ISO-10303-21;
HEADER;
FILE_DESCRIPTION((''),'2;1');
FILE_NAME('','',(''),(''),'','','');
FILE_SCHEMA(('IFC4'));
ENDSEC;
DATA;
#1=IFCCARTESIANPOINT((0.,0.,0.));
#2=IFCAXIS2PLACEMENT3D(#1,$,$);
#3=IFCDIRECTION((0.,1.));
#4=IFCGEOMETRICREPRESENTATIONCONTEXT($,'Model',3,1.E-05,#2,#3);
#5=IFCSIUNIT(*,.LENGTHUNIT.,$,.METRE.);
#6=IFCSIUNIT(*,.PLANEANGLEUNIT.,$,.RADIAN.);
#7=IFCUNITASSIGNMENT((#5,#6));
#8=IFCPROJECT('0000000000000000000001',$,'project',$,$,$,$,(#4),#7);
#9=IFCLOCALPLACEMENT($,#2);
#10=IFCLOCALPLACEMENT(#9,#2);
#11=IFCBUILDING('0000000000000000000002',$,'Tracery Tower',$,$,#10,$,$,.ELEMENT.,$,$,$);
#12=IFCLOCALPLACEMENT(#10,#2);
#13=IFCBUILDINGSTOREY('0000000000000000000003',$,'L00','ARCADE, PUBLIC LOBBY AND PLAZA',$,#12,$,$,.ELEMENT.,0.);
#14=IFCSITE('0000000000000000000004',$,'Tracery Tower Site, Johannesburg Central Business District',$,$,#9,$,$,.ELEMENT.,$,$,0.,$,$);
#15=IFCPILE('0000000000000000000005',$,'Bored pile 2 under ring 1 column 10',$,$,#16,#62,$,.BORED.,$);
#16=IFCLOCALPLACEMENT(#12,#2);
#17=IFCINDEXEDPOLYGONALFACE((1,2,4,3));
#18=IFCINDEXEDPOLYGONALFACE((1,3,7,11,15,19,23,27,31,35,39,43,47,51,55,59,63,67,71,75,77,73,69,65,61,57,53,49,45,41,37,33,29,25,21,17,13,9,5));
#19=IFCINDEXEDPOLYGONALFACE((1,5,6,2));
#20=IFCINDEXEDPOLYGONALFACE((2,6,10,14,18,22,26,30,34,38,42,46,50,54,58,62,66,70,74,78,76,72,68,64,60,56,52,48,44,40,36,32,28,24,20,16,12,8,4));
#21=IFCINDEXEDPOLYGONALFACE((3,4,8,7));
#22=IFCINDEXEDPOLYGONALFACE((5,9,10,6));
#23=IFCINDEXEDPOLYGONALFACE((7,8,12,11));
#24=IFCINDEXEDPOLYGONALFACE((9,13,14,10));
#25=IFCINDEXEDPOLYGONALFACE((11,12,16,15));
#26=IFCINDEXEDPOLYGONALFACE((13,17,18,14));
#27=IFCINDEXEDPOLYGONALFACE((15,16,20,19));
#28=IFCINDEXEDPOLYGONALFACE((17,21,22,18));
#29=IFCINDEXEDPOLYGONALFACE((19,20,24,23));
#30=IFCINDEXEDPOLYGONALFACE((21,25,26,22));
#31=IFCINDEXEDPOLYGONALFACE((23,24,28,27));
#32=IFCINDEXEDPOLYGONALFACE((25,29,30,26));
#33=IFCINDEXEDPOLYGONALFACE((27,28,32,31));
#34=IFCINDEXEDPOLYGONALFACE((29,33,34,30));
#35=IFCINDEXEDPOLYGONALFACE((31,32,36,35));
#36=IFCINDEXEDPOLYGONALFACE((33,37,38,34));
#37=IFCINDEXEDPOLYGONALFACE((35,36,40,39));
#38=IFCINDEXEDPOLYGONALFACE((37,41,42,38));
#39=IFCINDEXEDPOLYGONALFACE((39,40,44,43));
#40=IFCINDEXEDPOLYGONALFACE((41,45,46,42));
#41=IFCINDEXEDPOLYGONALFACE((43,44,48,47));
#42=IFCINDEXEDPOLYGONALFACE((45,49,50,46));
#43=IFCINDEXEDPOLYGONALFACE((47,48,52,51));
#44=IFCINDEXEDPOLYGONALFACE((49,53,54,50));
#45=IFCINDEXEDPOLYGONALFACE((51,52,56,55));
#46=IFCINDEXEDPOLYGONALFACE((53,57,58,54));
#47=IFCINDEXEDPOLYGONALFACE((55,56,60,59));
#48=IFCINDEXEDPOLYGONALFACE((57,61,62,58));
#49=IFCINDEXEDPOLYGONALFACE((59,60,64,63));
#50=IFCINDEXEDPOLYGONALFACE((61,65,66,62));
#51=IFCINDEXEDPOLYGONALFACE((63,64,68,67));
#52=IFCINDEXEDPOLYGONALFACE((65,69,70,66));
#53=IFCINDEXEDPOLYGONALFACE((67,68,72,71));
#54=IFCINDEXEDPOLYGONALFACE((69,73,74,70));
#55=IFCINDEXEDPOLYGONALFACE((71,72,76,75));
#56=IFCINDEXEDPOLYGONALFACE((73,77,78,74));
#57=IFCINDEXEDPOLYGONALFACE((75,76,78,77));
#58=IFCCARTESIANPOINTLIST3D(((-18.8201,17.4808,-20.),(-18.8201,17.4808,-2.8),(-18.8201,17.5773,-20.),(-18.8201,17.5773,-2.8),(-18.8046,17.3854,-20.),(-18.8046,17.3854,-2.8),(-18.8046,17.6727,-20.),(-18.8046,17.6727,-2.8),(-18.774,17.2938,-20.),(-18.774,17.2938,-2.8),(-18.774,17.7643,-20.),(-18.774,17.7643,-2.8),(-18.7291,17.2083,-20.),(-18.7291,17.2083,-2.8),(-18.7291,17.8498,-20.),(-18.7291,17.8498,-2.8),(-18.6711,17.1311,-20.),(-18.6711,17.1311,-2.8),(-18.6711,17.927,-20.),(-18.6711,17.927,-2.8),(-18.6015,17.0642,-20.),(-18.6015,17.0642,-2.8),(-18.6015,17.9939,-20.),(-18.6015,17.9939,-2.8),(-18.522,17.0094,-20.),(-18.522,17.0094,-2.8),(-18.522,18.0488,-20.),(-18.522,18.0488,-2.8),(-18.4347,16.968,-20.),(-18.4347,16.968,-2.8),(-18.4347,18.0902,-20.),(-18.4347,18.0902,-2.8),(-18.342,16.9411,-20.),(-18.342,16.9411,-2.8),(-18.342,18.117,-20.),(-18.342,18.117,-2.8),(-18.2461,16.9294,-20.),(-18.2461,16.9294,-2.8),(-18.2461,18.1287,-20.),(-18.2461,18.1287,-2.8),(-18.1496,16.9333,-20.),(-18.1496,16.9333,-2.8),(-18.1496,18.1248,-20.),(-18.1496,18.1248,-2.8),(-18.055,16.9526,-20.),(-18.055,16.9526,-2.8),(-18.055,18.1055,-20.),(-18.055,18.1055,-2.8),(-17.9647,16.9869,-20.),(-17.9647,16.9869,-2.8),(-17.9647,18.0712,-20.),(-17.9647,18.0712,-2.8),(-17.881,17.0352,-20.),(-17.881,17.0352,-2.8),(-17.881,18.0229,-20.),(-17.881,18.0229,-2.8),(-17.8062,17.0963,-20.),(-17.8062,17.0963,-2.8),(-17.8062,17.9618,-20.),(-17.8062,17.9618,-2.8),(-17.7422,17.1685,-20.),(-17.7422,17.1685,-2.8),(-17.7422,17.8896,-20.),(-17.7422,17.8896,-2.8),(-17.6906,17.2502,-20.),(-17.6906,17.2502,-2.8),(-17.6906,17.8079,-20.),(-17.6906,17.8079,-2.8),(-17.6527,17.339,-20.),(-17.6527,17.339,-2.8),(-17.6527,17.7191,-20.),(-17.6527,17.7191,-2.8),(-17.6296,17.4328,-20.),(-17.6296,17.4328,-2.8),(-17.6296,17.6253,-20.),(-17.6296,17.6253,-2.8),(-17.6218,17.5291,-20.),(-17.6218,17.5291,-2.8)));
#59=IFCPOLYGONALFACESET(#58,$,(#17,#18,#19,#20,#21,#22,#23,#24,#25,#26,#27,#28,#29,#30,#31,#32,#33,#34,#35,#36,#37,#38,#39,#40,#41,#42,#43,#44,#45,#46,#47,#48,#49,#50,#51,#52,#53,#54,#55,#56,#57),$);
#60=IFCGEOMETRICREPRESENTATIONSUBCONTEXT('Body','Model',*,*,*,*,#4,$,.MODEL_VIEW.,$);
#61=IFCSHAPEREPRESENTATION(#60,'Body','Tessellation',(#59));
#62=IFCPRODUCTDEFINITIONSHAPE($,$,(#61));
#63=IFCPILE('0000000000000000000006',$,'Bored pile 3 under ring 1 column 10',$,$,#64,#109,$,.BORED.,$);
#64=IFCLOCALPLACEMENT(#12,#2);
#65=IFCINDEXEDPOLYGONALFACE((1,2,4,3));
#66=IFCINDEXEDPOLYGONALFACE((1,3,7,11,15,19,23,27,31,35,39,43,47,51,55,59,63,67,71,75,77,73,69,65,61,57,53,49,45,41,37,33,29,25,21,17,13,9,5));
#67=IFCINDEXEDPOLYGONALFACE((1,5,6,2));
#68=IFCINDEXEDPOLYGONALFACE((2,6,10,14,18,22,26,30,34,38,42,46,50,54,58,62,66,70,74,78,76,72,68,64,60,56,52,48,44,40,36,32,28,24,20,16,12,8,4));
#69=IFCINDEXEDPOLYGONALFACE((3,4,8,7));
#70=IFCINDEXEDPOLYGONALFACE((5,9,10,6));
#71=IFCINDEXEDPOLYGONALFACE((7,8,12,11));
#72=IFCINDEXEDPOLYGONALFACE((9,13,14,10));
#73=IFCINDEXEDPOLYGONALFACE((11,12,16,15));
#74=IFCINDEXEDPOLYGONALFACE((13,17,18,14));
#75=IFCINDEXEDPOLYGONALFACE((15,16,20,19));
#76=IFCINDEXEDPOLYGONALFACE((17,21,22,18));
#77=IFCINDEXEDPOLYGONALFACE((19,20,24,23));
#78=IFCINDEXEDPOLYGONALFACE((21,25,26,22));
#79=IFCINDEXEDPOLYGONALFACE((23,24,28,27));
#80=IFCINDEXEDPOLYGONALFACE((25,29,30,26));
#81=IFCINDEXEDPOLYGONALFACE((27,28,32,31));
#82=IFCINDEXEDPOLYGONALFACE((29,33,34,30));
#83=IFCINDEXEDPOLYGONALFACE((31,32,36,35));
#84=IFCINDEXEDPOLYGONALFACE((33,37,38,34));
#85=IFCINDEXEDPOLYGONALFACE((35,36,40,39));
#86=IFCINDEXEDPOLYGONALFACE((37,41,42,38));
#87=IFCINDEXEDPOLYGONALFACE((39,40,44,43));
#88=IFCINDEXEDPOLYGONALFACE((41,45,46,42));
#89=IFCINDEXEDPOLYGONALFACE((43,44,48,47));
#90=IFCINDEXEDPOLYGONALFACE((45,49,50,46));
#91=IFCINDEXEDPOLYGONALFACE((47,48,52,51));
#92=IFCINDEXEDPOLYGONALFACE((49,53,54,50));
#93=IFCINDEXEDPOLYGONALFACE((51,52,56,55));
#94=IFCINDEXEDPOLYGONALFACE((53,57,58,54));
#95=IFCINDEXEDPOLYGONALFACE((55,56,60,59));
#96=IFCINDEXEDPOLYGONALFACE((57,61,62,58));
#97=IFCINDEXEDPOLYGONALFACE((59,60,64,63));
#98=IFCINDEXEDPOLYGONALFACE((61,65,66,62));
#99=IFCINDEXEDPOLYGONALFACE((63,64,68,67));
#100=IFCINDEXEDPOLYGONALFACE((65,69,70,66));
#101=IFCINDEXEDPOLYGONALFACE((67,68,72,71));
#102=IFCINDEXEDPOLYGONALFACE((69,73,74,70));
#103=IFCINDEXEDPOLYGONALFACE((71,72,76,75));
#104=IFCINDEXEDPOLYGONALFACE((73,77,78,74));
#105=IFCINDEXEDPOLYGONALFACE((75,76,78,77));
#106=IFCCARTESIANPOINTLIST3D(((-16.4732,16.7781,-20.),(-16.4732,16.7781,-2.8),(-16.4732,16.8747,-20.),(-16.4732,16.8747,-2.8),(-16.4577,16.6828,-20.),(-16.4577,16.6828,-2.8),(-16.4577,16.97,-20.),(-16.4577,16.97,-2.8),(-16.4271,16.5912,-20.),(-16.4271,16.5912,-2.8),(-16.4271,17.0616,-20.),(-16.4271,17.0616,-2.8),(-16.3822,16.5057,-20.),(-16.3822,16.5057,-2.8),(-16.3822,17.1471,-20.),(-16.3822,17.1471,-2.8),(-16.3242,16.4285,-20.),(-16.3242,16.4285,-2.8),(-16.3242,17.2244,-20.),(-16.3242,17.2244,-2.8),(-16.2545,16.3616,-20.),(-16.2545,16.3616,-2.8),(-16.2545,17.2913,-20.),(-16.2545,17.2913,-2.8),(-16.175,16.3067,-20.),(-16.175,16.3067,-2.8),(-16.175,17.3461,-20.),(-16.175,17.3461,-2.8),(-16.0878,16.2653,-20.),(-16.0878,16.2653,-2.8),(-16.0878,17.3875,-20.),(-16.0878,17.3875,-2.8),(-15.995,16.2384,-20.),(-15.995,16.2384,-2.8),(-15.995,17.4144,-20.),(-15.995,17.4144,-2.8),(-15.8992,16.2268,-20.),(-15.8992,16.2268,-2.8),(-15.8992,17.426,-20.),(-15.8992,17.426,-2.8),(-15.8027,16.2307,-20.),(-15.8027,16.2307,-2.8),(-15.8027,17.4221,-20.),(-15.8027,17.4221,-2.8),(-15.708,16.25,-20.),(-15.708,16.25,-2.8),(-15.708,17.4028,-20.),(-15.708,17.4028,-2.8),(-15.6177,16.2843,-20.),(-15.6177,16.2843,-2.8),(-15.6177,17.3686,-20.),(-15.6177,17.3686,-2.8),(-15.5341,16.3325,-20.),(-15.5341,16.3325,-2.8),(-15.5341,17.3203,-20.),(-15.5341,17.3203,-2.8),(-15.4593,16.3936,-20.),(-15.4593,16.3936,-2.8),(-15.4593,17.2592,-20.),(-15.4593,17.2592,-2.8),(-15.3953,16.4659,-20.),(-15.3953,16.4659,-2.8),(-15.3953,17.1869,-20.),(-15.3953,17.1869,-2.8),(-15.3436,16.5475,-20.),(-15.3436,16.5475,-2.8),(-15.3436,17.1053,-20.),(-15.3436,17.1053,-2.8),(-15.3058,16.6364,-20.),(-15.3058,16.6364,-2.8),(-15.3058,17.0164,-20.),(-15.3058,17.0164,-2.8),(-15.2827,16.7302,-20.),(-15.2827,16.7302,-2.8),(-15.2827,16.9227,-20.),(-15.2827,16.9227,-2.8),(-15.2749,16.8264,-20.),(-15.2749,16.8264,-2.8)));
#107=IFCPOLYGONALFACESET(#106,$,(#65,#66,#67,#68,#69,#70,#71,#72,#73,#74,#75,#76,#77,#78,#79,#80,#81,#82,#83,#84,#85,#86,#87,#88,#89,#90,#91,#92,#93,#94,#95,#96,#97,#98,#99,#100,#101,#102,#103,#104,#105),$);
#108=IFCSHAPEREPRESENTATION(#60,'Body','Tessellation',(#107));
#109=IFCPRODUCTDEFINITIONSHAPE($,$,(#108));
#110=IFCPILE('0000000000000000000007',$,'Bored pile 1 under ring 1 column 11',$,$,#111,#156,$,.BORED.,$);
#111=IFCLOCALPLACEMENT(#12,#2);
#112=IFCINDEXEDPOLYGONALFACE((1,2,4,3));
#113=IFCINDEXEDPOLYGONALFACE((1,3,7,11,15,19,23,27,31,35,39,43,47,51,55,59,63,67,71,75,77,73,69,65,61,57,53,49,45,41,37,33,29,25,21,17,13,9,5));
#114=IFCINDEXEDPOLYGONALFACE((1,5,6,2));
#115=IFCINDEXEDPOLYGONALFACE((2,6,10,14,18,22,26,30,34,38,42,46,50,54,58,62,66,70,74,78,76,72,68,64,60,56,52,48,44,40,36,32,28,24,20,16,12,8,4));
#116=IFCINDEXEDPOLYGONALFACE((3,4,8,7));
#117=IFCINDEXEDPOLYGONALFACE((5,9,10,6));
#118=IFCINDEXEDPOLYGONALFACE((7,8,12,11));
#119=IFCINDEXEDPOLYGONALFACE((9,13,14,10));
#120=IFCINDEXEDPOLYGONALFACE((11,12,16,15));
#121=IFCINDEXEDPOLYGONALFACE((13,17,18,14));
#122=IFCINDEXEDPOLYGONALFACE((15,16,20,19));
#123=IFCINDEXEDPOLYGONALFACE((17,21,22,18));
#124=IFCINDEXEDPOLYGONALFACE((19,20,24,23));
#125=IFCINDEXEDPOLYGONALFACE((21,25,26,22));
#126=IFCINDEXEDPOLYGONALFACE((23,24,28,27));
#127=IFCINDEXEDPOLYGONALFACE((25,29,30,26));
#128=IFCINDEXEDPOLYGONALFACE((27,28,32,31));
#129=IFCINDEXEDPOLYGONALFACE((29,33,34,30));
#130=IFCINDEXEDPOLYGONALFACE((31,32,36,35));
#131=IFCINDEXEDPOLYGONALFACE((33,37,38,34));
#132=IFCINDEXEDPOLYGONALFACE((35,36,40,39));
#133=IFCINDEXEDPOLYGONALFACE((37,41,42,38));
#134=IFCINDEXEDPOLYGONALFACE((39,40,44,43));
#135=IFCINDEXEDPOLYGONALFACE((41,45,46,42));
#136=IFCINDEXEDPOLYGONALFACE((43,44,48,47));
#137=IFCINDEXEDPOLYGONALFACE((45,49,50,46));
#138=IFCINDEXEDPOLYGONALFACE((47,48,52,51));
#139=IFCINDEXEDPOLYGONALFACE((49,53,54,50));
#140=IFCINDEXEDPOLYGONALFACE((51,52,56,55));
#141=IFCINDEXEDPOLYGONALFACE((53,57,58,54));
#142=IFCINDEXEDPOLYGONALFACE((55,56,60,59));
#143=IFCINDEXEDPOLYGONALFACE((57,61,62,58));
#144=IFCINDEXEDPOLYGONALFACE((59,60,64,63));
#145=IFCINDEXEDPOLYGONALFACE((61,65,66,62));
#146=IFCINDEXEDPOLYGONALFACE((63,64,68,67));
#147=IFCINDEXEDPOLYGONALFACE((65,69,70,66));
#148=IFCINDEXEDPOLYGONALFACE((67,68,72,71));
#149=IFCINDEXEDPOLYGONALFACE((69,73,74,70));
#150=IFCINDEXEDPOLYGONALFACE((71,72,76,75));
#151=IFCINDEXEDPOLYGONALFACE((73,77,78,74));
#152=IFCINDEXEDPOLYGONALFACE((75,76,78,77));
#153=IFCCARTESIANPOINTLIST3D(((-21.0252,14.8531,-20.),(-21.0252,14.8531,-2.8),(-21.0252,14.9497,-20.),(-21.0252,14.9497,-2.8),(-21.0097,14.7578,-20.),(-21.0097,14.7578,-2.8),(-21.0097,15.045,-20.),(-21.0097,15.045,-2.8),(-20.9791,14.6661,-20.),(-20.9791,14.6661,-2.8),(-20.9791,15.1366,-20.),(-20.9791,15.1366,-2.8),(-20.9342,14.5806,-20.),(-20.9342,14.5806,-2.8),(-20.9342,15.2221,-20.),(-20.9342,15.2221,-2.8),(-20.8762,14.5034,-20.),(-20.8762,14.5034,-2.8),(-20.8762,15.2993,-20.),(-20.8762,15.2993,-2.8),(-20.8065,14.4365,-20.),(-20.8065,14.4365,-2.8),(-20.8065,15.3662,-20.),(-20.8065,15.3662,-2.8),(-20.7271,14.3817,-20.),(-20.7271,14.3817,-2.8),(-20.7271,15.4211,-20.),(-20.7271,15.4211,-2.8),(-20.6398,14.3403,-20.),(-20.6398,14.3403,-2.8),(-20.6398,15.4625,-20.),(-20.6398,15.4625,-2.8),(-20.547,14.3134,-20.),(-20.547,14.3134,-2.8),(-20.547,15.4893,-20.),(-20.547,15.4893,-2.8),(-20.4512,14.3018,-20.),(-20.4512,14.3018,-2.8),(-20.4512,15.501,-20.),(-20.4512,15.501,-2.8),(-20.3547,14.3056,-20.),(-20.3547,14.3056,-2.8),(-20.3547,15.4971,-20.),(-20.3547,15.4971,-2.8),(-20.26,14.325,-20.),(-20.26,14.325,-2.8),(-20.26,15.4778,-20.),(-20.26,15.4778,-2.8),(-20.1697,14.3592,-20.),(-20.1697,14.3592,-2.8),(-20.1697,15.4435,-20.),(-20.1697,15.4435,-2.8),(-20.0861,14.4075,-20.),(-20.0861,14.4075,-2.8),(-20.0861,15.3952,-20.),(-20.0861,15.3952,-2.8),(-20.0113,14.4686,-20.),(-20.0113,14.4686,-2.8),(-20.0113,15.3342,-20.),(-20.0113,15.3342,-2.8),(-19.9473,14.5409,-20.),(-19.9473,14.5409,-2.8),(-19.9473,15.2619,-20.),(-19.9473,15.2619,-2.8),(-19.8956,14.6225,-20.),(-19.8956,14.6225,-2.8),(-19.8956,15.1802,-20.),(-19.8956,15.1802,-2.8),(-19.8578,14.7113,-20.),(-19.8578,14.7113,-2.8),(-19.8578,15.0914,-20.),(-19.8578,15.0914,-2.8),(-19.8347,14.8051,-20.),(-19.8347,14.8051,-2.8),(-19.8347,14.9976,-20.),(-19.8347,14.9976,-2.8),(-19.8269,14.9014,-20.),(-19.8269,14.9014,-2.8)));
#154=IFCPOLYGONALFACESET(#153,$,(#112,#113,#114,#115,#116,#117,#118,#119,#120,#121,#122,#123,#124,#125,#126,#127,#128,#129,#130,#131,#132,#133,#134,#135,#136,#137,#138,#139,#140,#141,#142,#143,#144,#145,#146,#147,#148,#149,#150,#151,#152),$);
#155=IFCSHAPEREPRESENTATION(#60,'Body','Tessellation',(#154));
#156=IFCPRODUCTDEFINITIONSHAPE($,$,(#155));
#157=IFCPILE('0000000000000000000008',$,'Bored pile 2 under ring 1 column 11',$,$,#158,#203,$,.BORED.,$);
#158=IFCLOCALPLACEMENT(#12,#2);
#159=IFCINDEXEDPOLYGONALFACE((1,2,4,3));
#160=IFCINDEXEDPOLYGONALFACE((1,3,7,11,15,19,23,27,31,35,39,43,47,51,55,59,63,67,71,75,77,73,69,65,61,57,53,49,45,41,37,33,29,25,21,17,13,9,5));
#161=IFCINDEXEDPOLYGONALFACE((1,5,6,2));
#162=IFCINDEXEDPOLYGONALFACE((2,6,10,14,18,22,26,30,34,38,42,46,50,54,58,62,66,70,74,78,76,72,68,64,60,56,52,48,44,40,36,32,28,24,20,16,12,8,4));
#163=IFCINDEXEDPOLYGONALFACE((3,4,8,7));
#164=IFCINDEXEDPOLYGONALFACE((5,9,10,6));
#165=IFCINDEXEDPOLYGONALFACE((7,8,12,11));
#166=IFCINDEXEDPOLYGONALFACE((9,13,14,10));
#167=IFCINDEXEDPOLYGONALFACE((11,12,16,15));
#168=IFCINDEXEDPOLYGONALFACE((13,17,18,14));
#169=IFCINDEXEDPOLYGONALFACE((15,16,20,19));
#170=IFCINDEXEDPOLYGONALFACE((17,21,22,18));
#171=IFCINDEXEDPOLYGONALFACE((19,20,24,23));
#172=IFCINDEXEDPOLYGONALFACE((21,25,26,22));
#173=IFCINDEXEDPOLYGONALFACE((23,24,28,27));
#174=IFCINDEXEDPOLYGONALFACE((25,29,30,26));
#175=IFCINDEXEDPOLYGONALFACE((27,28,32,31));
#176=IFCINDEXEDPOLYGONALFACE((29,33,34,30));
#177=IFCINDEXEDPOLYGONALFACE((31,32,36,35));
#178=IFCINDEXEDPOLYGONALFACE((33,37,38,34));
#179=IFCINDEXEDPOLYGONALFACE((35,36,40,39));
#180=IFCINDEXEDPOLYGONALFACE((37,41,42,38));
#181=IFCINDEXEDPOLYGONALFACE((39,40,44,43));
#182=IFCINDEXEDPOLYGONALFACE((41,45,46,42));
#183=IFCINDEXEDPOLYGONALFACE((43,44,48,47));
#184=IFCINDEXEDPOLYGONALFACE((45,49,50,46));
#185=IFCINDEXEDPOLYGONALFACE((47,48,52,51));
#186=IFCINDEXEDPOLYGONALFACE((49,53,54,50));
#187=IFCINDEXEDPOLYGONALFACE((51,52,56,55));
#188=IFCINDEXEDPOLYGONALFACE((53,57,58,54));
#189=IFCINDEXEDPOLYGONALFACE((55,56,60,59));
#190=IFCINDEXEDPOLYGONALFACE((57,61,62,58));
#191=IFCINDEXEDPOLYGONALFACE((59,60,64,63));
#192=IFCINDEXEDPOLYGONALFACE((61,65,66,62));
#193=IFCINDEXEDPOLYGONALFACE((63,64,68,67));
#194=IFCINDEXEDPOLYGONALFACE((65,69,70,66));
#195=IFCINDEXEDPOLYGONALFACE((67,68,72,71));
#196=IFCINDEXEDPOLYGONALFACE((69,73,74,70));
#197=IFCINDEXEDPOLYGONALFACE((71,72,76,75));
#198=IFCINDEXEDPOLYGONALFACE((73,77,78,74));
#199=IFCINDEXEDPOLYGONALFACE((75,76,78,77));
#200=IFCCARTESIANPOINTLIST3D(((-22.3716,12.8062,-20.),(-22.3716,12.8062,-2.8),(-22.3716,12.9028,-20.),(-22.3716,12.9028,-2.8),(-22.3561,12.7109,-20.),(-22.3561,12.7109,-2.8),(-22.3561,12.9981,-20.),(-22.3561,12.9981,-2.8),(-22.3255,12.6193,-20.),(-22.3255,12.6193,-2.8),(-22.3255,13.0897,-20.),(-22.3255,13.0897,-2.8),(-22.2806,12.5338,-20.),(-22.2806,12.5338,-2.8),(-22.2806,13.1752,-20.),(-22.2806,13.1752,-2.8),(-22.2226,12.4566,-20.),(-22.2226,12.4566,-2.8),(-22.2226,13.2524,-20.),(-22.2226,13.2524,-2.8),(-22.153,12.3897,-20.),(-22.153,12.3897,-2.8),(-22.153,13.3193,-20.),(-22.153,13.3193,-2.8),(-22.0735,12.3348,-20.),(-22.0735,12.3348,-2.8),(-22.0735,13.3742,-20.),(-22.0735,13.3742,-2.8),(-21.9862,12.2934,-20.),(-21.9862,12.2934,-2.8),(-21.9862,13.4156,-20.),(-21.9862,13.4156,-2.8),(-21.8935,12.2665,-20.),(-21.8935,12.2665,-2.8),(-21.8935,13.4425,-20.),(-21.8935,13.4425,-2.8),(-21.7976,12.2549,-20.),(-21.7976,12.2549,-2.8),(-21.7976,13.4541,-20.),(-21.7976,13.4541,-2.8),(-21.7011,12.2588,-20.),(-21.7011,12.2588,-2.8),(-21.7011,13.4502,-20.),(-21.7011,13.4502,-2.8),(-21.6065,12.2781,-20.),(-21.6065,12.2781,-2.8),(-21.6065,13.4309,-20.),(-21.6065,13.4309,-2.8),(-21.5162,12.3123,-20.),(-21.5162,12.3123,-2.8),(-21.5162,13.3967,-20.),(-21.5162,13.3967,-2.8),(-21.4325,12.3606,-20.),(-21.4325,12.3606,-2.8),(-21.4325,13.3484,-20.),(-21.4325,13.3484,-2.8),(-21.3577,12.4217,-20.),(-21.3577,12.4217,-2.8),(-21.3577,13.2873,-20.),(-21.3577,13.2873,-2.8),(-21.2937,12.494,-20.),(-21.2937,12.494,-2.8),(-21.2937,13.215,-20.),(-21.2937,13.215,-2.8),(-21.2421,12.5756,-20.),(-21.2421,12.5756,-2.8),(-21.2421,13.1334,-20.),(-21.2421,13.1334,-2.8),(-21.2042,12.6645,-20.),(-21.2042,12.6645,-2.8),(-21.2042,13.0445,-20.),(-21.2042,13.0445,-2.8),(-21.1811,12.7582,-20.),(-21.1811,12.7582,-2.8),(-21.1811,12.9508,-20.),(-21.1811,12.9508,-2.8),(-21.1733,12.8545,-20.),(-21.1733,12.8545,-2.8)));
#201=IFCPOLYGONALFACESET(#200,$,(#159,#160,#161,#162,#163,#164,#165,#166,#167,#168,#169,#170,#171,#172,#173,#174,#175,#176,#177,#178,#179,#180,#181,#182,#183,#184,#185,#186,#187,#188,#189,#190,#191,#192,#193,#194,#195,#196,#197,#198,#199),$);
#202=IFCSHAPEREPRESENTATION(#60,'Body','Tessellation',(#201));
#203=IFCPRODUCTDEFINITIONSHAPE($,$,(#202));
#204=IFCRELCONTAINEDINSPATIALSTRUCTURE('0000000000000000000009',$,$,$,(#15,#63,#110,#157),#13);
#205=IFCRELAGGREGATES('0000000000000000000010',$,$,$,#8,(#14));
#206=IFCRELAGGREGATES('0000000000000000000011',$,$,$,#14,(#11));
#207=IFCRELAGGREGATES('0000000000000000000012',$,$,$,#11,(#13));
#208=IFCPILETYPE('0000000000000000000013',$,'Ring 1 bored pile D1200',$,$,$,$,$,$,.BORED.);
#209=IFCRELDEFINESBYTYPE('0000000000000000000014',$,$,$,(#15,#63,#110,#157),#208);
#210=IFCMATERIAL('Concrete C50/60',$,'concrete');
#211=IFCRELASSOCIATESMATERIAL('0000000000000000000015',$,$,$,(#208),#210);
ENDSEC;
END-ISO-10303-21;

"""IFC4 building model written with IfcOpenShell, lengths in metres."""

from ifc_helpers import new_model, si_unit, direction, frame, origin, origin_2d, place, context, subcontext, project, spatial, circle, extrude, material, material_profile, profile_set, type_object, element, save


model = new_model("IFC4")

# Units and contexts
model_context = context("Model", 3, precision=1e-05, world=origin(), true_north=direction((0.0, 1.0)))
body_context = subcontext(model_context, "Body", "Model", "MODEL_VIEW")
ifc_project = project(units=[si_unit("LENGTHUNIT", "METRE"), si_unit("PLANEANGLEUNIT", "RADIAN")], contexts=[model_context])

# Site, building, storey
site_placement = place(None, origin())
site = spatial("IfcSite", under=ifc_project, at=site_placement, Name="Tracery Tower Site, Johannesburg Central Business District", CompositionType="ELEMENT", RefElevation=0.0)
building_placement = place(site_placement, origin())
building = spatial("IfcBuilding", under=site, at=building_placement, Name="Tracery Tower", CompositionType="ELEMENT")
storey_placement = place(building_placement, origin())
storey = spatial("IfcBuildingStorey", under=building, at=storey_placement, Name="L00", Description="ARCADE, PUBLIC LOBBY AND PLAZA", CompositionType="ELEMENT", Elevation=0.0)

# Piles
ifc_material_1 = material(Name="Concrete C50/60", Category="concrete")
ifc_material_profile_1 = material_profile(ifc_material_1, circle(Radius=0.6001, at=origin_2d()), Name="RC D1200")
ifc_profile_set_1 = profile_set([ifc_material_profile_1], Name="Concrete C50/60")
pile_type_1 = type_object("IfcPileType", Name="Ring 1 bored pile D1200", PredefinedType="BORED", material=ifc_profile_set_1)
for number, where, z_axis, x_axis, name in (
    (1, (-18.2219, 17.5291, -2.8), (0.0, 0.0, -1.0), (1.0, 0.0, 0.0), "Bored pile 2 under ring 1 column 10"),
    (2, (-15.875, 16.8264, -2.8), (0.0, 0.0, -1.0), (1.0, 0.0, 0.0), "Bored pile 3 under ring 1 column 10"),
    (3, (-20.427, 14.9014, -2.8), (0.0, 0.0, -1.0), (1.0, 0.0, 0.0), "Bored pile 1 under ring 1 column 11"),
    (4, (-21.7734, 12.8545, -2.8), (0.0, 0.0, -1.0), (1.0, 0.0, 0.0), "Bored pile 2 under ring 1 column 11"),
):
    element("IfcPile", number, at=place(storey_placement, frame(where, z_axis=z_axis, x_axis=x_axis)), inside=storey, type_object=pile_type_1, Name=name, PredefinedType="BORED", context=body_context, shape_type="SweptSolid", body=[
        extrude(circle(Radius=0.6001, at=origin_2d()), origin(), (0.0, 0.0, 1.0), 17.2),
    ])

save(model, "model.ifc")
